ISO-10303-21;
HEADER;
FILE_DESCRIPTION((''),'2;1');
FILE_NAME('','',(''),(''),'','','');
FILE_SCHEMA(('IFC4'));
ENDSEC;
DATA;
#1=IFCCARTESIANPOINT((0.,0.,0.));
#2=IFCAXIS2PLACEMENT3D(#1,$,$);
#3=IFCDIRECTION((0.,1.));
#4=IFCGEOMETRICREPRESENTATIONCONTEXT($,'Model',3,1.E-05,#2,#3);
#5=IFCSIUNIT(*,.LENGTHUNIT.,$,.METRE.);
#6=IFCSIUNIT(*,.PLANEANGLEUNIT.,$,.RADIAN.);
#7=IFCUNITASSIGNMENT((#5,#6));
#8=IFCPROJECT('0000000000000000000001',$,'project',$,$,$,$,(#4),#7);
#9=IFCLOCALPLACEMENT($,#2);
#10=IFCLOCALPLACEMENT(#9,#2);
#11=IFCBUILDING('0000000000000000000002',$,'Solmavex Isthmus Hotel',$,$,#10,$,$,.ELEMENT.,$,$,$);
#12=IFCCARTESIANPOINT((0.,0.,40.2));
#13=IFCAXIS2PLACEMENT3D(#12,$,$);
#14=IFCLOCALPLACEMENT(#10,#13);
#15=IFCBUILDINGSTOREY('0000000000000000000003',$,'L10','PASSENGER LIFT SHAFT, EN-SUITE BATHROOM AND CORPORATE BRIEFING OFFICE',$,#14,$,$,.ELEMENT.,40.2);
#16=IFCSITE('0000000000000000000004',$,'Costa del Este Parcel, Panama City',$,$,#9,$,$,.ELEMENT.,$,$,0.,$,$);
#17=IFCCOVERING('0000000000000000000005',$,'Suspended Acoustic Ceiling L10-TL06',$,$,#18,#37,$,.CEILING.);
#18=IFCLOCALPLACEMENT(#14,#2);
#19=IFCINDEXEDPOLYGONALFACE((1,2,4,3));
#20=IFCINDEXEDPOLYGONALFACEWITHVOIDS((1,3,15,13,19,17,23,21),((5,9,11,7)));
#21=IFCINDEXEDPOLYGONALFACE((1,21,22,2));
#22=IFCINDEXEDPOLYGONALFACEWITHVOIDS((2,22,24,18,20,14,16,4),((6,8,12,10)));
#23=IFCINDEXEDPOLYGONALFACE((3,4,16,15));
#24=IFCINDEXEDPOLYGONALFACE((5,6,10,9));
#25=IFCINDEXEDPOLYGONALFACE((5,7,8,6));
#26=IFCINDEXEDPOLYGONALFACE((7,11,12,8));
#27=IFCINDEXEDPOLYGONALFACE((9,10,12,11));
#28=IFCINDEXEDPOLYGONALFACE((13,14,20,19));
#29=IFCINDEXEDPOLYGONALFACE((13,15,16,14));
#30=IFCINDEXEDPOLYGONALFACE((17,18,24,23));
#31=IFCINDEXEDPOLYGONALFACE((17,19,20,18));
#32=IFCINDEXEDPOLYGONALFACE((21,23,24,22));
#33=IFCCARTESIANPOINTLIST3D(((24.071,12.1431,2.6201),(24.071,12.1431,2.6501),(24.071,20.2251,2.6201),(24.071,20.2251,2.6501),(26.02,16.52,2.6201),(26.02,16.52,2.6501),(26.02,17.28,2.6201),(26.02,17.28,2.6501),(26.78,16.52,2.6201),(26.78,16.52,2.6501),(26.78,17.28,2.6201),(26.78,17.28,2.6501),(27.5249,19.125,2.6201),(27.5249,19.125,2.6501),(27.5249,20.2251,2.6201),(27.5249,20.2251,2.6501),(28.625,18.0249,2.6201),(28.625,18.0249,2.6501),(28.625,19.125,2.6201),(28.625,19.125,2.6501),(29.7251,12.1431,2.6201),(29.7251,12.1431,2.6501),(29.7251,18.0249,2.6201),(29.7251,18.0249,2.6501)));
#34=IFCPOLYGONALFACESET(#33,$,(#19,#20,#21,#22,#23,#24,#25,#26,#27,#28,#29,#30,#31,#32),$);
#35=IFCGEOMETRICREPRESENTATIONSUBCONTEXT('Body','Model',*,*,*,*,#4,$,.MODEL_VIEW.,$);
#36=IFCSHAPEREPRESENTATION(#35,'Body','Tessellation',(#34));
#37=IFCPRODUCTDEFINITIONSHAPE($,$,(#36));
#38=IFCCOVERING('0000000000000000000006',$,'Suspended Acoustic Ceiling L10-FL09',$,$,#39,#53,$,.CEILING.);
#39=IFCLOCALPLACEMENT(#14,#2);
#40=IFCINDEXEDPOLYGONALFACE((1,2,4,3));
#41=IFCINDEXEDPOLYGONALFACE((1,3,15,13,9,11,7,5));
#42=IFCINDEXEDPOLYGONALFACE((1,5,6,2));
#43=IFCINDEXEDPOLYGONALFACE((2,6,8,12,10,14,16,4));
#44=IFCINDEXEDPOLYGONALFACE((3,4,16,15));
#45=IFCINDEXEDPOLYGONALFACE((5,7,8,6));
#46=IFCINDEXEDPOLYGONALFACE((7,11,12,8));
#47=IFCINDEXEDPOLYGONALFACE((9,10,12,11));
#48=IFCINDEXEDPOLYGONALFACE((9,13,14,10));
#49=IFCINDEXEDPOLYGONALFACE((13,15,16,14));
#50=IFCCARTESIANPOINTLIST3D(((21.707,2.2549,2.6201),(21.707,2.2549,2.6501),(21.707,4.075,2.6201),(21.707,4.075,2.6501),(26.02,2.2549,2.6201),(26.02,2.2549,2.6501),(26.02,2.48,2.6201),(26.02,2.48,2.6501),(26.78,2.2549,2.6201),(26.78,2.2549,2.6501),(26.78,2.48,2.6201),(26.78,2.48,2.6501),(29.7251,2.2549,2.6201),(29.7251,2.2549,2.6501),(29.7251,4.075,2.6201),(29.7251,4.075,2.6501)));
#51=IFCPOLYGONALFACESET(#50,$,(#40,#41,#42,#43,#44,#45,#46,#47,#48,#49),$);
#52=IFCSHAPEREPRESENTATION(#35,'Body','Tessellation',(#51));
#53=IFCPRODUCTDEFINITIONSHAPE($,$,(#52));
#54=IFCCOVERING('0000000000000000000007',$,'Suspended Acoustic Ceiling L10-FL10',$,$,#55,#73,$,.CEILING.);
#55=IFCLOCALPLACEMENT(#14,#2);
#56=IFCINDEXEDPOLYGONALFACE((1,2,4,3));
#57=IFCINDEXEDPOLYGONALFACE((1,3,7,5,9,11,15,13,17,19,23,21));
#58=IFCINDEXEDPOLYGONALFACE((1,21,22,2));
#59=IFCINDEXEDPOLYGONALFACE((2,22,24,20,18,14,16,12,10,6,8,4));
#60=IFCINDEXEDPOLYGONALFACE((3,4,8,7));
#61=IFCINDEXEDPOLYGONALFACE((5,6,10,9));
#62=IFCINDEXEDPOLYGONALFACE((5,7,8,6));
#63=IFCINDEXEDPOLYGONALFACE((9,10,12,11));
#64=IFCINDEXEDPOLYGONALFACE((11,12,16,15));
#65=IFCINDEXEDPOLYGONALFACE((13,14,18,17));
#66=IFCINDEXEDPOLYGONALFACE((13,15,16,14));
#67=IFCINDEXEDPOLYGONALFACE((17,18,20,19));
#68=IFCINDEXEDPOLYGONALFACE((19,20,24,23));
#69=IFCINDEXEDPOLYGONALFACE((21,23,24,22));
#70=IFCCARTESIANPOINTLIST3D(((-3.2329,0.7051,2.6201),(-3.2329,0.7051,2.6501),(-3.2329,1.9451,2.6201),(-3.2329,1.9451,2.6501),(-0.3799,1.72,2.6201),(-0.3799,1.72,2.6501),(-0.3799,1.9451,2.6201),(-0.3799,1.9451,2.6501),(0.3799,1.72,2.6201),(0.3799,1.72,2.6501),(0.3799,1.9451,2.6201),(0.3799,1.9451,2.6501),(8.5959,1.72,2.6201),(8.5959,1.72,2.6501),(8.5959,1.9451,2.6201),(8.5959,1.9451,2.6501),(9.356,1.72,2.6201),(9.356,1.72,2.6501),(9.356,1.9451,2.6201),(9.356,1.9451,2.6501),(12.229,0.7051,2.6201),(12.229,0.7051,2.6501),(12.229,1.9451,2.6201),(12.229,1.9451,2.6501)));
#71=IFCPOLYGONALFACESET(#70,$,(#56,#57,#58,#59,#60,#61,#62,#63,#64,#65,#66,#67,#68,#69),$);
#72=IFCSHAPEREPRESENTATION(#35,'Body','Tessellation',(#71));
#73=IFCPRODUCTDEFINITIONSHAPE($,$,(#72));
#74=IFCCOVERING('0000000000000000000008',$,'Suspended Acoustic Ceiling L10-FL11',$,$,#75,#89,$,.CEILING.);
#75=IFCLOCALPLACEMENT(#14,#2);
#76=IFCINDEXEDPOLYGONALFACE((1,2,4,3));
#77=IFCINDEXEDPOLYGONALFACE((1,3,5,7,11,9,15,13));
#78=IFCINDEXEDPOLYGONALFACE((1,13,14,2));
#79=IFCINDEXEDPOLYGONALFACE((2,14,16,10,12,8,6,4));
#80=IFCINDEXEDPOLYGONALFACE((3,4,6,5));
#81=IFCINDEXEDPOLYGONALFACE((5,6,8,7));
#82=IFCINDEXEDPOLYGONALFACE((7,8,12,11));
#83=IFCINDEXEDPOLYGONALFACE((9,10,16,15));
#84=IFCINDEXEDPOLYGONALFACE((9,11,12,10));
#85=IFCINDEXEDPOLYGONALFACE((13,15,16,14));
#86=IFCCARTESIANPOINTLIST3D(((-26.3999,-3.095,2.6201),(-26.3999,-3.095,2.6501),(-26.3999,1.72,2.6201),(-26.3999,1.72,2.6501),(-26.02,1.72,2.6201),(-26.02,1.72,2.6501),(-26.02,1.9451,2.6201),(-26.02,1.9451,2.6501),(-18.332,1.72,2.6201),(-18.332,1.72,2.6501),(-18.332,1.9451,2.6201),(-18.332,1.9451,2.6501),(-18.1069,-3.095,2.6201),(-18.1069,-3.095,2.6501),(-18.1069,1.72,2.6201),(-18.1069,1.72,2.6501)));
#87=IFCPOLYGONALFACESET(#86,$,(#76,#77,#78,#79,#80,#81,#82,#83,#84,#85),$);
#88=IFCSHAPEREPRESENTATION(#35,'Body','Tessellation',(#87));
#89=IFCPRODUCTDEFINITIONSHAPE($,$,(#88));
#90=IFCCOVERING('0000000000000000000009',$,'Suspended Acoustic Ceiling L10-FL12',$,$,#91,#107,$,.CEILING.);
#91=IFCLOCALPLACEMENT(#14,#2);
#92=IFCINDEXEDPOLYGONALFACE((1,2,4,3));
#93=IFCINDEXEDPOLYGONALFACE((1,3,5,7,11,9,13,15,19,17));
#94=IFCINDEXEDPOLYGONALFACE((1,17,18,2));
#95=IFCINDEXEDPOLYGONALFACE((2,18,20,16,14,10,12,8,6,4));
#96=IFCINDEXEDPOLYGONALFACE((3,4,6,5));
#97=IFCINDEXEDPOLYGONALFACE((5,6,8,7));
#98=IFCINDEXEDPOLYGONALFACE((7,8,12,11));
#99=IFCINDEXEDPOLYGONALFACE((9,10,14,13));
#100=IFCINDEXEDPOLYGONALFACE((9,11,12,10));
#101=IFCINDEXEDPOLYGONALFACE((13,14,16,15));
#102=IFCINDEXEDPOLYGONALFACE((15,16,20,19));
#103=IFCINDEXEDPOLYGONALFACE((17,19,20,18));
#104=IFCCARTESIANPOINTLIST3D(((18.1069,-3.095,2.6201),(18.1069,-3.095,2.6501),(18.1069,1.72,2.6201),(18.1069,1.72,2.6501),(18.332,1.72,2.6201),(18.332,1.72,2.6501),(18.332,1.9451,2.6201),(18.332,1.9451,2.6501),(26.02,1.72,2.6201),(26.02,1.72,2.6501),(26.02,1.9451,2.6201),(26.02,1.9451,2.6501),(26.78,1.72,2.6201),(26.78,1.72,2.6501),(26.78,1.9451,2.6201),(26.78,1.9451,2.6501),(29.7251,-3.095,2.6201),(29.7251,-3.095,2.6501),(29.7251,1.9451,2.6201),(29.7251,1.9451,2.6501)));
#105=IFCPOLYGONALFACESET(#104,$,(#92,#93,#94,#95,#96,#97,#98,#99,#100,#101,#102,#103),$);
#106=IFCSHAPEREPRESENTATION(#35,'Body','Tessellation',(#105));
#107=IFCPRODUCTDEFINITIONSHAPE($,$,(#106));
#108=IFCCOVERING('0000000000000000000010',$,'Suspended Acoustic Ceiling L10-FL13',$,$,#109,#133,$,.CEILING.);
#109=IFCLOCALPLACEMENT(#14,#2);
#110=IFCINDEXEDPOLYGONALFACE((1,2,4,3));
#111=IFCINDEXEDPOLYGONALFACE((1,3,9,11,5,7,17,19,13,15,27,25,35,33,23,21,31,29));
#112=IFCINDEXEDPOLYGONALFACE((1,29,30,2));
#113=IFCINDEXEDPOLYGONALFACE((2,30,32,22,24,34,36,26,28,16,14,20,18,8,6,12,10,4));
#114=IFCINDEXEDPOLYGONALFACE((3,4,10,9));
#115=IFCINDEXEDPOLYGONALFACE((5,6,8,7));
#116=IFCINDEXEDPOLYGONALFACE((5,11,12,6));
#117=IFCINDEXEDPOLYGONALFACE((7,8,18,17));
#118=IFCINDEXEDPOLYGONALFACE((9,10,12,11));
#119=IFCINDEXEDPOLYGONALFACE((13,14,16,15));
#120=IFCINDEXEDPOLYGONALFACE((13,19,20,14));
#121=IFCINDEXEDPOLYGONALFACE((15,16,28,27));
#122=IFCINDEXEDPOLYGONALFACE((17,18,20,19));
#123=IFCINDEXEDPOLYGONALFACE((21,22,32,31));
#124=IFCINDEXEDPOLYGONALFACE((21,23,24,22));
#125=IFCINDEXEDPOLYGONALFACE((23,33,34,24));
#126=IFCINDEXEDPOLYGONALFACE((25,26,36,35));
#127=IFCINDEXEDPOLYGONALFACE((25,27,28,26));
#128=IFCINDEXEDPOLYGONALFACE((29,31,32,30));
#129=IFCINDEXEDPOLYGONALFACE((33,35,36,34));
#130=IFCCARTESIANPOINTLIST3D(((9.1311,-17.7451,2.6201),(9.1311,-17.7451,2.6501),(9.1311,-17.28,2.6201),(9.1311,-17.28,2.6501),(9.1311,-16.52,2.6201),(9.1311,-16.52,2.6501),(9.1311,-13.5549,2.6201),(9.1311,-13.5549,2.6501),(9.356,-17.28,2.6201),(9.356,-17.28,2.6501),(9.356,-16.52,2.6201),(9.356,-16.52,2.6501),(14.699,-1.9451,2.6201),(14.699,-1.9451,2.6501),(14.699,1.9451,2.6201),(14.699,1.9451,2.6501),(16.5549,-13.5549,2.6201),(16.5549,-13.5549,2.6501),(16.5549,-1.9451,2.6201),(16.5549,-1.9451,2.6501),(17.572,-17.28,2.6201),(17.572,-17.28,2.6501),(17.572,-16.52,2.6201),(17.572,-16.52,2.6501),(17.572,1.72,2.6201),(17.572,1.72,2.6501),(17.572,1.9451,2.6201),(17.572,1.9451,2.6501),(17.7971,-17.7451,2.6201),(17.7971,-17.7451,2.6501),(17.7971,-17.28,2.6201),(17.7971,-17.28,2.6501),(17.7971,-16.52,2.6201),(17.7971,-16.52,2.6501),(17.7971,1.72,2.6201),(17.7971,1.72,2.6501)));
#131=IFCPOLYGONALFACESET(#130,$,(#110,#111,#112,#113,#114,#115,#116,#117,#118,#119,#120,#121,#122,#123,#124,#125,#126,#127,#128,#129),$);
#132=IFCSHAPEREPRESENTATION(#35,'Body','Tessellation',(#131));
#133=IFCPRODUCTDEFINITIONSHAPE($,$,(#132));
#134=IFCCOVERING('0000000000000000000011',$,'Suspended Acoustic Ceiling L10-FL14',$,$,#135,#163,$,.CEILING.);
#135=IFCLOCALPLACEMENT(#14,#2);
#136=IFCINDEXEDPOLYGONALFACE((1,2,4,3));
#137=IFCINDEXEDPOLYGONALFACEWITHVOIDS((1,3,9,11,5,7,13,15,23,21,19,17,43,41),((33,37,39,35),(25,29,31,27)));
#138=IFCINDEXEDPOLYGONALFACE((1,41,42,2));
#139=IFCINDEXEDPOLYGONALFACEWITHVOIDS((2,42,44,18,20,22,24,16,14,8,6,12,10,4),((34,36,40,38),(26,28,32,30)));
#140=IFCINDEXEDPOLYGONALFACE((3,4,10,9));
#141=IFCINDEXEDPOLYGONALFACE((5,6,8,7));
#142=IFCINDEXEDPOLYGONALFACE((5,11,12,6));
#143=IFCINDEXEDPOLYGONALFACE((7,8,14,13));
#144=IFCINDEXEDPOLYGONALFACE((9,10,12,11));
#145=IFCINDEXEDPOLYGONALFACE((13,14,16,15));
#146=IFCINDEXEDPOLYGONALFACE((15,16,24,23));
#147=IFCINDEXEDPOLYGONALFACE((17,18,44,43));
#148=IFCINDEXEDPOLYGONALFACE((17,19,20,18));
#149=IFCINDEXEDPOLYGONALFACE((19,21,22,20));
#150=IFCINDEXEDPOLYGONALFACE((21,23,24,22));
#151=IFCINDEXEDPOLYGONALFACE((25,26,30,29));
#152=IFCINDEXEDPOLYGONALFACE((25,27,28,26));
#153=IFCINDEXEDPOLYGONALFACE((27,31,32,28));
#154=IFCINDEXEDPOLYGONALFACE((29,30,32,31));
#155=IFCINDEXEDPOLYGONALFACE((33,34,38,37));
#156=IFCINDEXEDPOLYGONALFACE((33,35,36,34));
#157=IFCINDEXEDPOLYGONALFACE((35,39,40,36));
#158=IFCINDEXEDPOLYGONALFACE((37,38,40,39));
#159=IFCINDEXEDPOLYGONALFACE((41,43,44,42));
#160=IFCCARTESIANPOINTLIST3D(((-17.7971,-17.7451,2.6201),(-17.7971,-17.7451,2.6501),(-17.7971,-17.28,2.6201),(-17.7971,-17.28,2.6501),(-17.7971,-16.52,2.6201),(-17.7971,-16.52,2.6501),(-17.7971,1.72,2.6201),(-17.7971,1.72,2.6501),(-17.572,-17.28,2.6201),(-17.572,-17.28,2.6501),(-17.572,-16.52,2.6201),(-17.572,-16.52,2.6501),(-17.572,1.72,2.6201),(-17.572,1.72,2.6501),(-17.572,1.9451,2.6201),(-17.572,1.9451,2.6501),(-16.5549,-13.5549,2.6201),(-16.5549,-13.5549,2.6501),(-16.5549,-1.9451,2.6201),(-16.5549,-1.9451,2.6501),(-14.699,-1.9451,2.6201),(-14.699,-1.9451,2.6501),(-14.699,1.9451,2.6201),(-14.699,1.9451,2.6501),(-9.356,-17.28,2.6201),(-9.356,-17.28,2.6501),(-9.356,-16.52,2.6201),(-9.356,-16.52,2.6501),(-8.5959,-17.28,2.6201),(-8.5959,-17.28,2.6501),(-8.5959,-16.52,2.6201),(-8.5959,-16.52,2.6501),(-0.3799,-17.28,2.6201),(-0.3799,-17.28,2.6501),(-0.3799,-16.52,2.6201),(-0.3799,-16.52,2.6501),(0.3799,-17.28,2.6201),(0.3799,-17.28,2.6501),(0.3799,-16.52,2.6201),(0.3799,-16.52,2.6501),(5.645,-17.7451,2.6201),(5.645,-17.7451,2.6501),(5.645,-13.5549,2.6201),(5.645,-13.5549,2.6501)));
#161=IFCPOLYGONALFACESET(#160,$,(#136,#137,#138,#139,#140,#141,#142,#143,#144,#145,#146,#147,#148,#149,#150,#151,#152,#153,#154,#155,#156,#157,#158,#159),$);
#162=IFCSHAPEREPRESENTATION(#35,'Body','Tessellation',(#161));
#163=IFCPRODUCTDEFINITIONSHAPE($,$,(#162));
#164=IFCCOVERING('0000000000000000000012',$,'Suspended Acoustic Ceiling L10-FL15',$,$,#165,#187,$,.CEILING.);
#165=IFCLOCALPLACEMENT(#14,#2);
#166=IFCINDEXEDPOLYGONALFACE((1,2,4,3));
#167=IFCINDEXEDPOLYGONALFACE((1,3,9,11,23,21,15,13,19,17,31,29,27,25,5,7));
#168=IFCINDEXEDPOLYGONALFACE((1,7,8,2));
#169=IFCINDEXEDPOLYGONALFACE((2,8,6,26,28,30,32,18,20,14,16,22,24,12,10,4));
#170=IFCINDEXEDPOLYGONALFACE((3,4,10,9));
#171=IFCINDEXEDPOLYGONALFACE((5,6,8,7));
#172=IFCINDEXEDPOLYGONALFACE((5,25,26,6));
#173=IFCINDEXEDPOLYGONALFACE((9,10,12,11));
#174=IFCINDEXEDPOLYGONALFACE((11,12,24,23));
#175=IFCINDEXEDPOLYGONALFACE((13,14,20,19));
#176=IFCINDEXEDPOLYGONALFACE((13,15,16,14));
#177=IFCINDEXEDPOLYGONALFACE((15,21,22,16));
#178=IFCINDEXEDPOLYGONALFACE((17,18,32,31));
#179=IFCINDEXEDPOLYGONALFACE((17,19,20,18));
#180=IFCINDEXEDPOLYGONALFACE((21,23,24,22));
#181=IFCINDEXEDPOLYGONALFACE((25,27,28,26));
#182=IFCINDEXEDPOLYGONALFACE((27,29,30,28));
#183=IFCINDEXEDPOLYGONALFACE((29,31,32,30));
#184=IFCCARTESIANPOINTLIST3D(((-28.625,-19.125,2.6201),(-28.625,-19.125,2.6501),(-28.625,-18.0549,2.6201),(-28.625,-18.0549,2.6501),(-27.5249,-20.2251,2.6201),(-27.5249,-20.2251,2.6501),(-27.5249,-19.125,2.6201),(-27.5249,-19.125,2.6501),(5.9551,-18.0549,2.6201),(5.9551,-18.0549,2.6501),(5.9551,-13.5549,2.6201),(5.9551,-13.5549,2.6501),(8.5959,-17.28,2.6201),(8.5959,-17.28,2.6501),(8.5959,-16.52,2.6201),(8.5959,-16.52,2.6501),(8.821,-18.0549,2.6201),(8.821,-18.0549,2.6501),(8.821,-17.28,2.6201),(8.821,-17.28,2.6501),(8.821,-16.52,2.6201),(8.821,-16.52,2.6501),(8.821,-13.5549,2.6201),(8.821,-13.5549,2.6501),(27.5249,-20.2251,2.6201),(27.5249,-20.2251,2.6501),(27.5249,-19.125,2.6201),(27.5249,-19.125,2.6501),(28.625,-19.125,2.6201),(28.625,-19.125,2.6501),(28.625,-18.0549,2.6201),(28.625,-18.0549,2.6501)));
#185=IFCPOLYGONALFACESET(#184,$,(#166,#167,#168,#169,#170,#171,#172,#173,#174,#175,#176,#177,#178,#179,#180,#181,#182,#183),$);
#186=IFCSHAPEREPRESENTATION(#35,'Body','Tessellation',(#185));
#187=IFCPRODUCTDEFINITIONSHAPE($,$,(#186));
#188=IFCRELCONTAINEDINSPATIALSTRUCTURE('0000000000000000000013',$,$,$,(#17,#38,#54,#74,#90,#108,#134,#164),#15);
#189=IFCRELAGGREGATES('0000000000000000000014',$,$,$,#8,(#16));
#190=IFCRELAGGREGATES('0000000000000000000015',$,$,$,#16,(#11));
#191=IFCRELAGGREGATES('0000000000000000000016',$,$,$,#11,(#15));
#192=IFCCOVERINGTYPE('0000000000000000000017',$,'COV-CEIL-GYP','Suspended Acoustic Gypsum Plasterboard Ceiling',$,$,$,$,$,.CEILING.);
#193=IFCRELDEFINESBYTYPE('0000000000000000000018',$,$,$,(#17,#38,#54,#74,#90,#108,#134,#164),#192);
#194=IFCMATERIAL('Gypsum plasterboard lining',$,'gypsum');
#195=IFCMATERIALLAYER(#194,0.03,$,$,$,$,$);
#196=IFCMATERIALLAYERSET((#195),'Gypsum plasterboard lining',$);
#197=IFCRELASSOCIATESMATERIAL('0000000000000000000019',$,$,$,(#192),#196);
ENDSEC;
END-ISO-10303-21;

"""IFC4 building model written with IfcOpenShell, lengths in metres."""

from ifc_helpers import new_model, si_unit, direction, frame, origin, place, context, subcontext, project, spatial, polyline, outline, extrude, material, layer, layer_set, type_object, element, save


model = new_model("IFC4")

# Units and contexts
model_context = context("Model", 3, precision=1e-05, world=origin(), true_north=direction((0.0, 1.0)))
body_context = subcontext(model_context, "Body", "Model", "MODEL_VIEW")
ifc_project = project(units=[si_unit("LENGTHUNIT", "METRE"), si_unit("PLANEANGLEUNIT", "RADIAN")], contexts=[model_context])

# Site, building, storey
site_placement = place(None, origin())
site = spatial("IfcSite", under=ifc_project, at=site_placement, Name="Costa del Este Parcel, Panama City", CompositionType="ELEMENT", RefElevation=0.0)
building_placement = place(site_placement, origin())
building = spatial("IfcBuilding", under=site, at=building_placement, Name="Solmavex Isthmus Hotel", CompositionType="ELEMENT")
storey_placement = place(building_placement, frame((0.0, 0.0, 40.2)))
storey = spatial("IfcBuildingStorey", under=building, at=storey_placement, Name="L10", Description="PASSENGER LIFT SHAFT, EN-SUITE BATHROOM AND CORPORATE BRIEFING OFFICE", CompositionType="ELEMENT", Elevation=40.2)

# Shared definitions
ifc_material_1 = material(Name="Gypsum plasterboard lining", Category="gypsum")

# Coverings
ifc_layer_1 = layer(ifc_material_1, 0.03)
ifc_layer_set_1 = layer_set([ifc_layer_1], Name="Gypsum plasterboard lining")
covering_type_1 = type_object("IfcCoveringType", Name="COV-CEIL-GYP", Description="Suspended Acoustic Gypsum Plasterboard Ceiling", PredefinedType="CEILING", material=ifc_layer_set_1)
covering_1_placement = place(storey_placement, frame((0.0, 0.0, 2.6201)))
element("IfcCovering", 1, at=covering_1_placement, inside=storey, type_object=covering_type_1, Name="Suspended Acoustic Ceiling L10-TL06", PredefinedType="CEILING", context=body_context, shape_type="SweptSolid", body=[
    extrude(outline(polyline([(27.5249, 19.125), (27.5249, 20.2251), (24.071, 20.2251), (24.071, 12.1431), (29.7251, 12.1431), (29.7251, 18.0249), (28.625, 18.0249), (28.625, 19.125), (27.5249, 19.125)]), holes=[polyline([(26.02, 16.52), (26.02, 17.28), (26.78, 17.28), (26.78, 16.52), (26.02, 16.52)])]), origin(), (0.0, 0.0, 1.0), 0.03),
])
covering_2_placement = place(storey_placement, frame((0.0, 0.0, 2.6201)))
element("IfcCovering", 2, at=covering_2_placement, inside=storey, type_object=covering_type_1, Name="Suspended Acoustic Ceiling L10-FL09", PredefinedType="CEILING", context=body_context, shape_type="SweptSolid", body=[
    extrude(outline(polyline([(26.02, 2.2549), (26.02, 2.48), (26.78, 2.48), (26.78, 2.2549), (29.7251, 2.2549), (29.7251, 4.075), (21.707, 4.075), (21.707, 2.2549), (26.02, 2.2549)])), origin(), (0.0, 0.0, 1.0), 0.03),
])
covering_3_placement = place(storey_placement, frame((0.0, 0.0, 2.6201)))
element("IfcCovering", 3, at=covering_3_placement, inside=storey, type_object=covering_type_1, Name="Suspended Acoustic Ceiling L10-FL10", PredefinedType="CEILING", context=body_context, shape_type="SweptSolid", body=[
    extrude(outline(polyline([(0.3799, 1.9451), (0.3799, 1.72), (-0.3799, 1.72), (-0.3799, 1.9451), (-3.2329, 1.9451), (-3.2329, 0.7051), (12.229, 0.7051), (12.229, 1.9451), (9.356, 1.9451), (9.356, 1.72), (8.5959, 1.72), (8.5959, 1.9451), (0.3799, 1.9451)])), origin(), (0.0, 0.0, 1.0), 0.03),
])
covering_4_placement = place(storey_placement, frame((0.0, 0.0, 2.6201)))
element("IfcCovering", 4, at=covering_4_placement, inside=storey, type_object=covering_type_1, Name="Suspended Acoustic Ceiling L10-FL11", PredefinedType="CEILING", context=body_context, shape_type="SweptSolid", body=[
    extrude(outline(polyline([(-26.02, 1.9451), (-26.02, 1.72), (-26.3999, 1.72), (-26.3999, -3.095), (-18.1069, -3.095), (-18.1069, 1.72), (-18.332, 1.72), (-18.332, 1.9451), (-26.02, 1.9451)])), origin(), (0.0, 0.0, 1.0), 0.03),
])
covering_5_placement = place(storey_placement, frame((0.0, 0.0, 2.6201)))
element("IfcCovering", 5, at=covering_5_placement, inside=storey, type_object=covering_type_1, Name="Suspended Acoustic Ceiling L10-FL12", PredefinedType="CEILING", context=body_context, shape_type="SweptSolid", body=[
    extrude(outline(polyline([(26.78, 1.9451), (26.78, 1.72), (26.02, 1.72), (26.02, 1.9451), (18.332, 1.9451), (18.332, 1.72), (18.1069, 1.72), (18.1069, -3.095), (29.7251, -3.095), (29.7251, 1.9451), (26.78, 1.9451)])), origin(), (0.0, 0.0, 1.0), 0.03),
])
covering_6_placement = place(storey_placement, frame((0.0, 0.0, 2.6201)))
element("IfcCovering", 6, at=covering_6_placement, inside=storey, type_object=covering_type_1, Name="Suspended Acoustic Ceiling L10-FL13", PredefinedType="CEILING", context=body_context, shape_type="SweptSolid", body=[
    extrude(outline(polyline([(17.7971, 1.72), (17.572, 1.72), (17.572, 1.9451), (14.699, 1.9451), (14.699, -1.9451), (16.5549, -1.9451), (16.5549, -13.5549), (9.1311, -13.5549), (9.1311, -16.52), (9.356, -16.52), (9.356, -17.28), (9.1311, -17.28), (9.1311, -17.7451), (17.7971, -17.7451), (17.7971, -17.28), (17.572, -17.28), (17.572, -16.52), (17.7971, -16.52), (17.7971, 1.72)])), origin(), (0.0, 0.0, 1.0), 0.03),
])
covering_7_placement = place(storey_placement, frame((0.0, 0.0, 2.6201)))
element("IfcCovering", 7, at=covering_7_placement, inside=storey, type_object=covering_type_1, Name="Suspended Acoustic Ceiling L10-FL14", PredefinedType="CEILING", context=body_context, shape_type="SweptSolid", body=[
    extrude(outline(polyline([(-17.7971, -16.52), (-17.572, -16.52), (-17.572, -17.28), (-17.7971, -17.28), (-17.7971, -17.7451), (5.645, -17.7451), (5.645, -13.5549), (-16.5549, -13.5549), (-16.5549, -1.9451), (-14.699, -1.9451), (-14.699, 1.9451), (-17.572, 1.9451), (-17.572, 1.72), (-17.7971, 1.72), (-17.7971, -16.52)]), holes=[polyline([(-0.3799, -17.28), (-0.3799, -16.52), (0.3799, -16.52), (0.3799, -17.28), (-0.3799, -17.28)]), polyline([(-9.356, -17.28), (-9.356, -16.52), (-8.5959, -16.52), (-8.5959, -17.28), (-9.356, -17.28)])]), origin(), (0.0, 0.0, 1.0), 0.03),
])
covering_8_placement = place(storey_placement, frame((0.0, 0.0, 2.6201)))
element("IfcCovering", 8, at=covering_8_placement, inside=storey, type_object=covering_type_1, Name="Suspended Acoustic Ceiling L10-FL15", PredefinedType="CEILING", context=body_context, shape_type="SweptSolid", body=[
    extrude(outline(polyline([(-28.625, -18.0549), (-28.625, -19.125), (-27.5249, -19.125), (-27.5249, -20.2251), (27.5249, -20.2251), (27.5249, -19.125), (28.625, -19.125), (28.625, -18.0549), (8.821, -18.0549), (8.821, -17.28), (8.5959, -17.28), (8.5959, -16.52), (8.821, -16.52), (8.821, -13.5549), (5.9551, -13.5549), (5.9551, -18.0549), (-28.625, -18.0549)])), origin(), (0.0, 0.0, 1.0), 0.03),
])

save(model, "model.ifc")
